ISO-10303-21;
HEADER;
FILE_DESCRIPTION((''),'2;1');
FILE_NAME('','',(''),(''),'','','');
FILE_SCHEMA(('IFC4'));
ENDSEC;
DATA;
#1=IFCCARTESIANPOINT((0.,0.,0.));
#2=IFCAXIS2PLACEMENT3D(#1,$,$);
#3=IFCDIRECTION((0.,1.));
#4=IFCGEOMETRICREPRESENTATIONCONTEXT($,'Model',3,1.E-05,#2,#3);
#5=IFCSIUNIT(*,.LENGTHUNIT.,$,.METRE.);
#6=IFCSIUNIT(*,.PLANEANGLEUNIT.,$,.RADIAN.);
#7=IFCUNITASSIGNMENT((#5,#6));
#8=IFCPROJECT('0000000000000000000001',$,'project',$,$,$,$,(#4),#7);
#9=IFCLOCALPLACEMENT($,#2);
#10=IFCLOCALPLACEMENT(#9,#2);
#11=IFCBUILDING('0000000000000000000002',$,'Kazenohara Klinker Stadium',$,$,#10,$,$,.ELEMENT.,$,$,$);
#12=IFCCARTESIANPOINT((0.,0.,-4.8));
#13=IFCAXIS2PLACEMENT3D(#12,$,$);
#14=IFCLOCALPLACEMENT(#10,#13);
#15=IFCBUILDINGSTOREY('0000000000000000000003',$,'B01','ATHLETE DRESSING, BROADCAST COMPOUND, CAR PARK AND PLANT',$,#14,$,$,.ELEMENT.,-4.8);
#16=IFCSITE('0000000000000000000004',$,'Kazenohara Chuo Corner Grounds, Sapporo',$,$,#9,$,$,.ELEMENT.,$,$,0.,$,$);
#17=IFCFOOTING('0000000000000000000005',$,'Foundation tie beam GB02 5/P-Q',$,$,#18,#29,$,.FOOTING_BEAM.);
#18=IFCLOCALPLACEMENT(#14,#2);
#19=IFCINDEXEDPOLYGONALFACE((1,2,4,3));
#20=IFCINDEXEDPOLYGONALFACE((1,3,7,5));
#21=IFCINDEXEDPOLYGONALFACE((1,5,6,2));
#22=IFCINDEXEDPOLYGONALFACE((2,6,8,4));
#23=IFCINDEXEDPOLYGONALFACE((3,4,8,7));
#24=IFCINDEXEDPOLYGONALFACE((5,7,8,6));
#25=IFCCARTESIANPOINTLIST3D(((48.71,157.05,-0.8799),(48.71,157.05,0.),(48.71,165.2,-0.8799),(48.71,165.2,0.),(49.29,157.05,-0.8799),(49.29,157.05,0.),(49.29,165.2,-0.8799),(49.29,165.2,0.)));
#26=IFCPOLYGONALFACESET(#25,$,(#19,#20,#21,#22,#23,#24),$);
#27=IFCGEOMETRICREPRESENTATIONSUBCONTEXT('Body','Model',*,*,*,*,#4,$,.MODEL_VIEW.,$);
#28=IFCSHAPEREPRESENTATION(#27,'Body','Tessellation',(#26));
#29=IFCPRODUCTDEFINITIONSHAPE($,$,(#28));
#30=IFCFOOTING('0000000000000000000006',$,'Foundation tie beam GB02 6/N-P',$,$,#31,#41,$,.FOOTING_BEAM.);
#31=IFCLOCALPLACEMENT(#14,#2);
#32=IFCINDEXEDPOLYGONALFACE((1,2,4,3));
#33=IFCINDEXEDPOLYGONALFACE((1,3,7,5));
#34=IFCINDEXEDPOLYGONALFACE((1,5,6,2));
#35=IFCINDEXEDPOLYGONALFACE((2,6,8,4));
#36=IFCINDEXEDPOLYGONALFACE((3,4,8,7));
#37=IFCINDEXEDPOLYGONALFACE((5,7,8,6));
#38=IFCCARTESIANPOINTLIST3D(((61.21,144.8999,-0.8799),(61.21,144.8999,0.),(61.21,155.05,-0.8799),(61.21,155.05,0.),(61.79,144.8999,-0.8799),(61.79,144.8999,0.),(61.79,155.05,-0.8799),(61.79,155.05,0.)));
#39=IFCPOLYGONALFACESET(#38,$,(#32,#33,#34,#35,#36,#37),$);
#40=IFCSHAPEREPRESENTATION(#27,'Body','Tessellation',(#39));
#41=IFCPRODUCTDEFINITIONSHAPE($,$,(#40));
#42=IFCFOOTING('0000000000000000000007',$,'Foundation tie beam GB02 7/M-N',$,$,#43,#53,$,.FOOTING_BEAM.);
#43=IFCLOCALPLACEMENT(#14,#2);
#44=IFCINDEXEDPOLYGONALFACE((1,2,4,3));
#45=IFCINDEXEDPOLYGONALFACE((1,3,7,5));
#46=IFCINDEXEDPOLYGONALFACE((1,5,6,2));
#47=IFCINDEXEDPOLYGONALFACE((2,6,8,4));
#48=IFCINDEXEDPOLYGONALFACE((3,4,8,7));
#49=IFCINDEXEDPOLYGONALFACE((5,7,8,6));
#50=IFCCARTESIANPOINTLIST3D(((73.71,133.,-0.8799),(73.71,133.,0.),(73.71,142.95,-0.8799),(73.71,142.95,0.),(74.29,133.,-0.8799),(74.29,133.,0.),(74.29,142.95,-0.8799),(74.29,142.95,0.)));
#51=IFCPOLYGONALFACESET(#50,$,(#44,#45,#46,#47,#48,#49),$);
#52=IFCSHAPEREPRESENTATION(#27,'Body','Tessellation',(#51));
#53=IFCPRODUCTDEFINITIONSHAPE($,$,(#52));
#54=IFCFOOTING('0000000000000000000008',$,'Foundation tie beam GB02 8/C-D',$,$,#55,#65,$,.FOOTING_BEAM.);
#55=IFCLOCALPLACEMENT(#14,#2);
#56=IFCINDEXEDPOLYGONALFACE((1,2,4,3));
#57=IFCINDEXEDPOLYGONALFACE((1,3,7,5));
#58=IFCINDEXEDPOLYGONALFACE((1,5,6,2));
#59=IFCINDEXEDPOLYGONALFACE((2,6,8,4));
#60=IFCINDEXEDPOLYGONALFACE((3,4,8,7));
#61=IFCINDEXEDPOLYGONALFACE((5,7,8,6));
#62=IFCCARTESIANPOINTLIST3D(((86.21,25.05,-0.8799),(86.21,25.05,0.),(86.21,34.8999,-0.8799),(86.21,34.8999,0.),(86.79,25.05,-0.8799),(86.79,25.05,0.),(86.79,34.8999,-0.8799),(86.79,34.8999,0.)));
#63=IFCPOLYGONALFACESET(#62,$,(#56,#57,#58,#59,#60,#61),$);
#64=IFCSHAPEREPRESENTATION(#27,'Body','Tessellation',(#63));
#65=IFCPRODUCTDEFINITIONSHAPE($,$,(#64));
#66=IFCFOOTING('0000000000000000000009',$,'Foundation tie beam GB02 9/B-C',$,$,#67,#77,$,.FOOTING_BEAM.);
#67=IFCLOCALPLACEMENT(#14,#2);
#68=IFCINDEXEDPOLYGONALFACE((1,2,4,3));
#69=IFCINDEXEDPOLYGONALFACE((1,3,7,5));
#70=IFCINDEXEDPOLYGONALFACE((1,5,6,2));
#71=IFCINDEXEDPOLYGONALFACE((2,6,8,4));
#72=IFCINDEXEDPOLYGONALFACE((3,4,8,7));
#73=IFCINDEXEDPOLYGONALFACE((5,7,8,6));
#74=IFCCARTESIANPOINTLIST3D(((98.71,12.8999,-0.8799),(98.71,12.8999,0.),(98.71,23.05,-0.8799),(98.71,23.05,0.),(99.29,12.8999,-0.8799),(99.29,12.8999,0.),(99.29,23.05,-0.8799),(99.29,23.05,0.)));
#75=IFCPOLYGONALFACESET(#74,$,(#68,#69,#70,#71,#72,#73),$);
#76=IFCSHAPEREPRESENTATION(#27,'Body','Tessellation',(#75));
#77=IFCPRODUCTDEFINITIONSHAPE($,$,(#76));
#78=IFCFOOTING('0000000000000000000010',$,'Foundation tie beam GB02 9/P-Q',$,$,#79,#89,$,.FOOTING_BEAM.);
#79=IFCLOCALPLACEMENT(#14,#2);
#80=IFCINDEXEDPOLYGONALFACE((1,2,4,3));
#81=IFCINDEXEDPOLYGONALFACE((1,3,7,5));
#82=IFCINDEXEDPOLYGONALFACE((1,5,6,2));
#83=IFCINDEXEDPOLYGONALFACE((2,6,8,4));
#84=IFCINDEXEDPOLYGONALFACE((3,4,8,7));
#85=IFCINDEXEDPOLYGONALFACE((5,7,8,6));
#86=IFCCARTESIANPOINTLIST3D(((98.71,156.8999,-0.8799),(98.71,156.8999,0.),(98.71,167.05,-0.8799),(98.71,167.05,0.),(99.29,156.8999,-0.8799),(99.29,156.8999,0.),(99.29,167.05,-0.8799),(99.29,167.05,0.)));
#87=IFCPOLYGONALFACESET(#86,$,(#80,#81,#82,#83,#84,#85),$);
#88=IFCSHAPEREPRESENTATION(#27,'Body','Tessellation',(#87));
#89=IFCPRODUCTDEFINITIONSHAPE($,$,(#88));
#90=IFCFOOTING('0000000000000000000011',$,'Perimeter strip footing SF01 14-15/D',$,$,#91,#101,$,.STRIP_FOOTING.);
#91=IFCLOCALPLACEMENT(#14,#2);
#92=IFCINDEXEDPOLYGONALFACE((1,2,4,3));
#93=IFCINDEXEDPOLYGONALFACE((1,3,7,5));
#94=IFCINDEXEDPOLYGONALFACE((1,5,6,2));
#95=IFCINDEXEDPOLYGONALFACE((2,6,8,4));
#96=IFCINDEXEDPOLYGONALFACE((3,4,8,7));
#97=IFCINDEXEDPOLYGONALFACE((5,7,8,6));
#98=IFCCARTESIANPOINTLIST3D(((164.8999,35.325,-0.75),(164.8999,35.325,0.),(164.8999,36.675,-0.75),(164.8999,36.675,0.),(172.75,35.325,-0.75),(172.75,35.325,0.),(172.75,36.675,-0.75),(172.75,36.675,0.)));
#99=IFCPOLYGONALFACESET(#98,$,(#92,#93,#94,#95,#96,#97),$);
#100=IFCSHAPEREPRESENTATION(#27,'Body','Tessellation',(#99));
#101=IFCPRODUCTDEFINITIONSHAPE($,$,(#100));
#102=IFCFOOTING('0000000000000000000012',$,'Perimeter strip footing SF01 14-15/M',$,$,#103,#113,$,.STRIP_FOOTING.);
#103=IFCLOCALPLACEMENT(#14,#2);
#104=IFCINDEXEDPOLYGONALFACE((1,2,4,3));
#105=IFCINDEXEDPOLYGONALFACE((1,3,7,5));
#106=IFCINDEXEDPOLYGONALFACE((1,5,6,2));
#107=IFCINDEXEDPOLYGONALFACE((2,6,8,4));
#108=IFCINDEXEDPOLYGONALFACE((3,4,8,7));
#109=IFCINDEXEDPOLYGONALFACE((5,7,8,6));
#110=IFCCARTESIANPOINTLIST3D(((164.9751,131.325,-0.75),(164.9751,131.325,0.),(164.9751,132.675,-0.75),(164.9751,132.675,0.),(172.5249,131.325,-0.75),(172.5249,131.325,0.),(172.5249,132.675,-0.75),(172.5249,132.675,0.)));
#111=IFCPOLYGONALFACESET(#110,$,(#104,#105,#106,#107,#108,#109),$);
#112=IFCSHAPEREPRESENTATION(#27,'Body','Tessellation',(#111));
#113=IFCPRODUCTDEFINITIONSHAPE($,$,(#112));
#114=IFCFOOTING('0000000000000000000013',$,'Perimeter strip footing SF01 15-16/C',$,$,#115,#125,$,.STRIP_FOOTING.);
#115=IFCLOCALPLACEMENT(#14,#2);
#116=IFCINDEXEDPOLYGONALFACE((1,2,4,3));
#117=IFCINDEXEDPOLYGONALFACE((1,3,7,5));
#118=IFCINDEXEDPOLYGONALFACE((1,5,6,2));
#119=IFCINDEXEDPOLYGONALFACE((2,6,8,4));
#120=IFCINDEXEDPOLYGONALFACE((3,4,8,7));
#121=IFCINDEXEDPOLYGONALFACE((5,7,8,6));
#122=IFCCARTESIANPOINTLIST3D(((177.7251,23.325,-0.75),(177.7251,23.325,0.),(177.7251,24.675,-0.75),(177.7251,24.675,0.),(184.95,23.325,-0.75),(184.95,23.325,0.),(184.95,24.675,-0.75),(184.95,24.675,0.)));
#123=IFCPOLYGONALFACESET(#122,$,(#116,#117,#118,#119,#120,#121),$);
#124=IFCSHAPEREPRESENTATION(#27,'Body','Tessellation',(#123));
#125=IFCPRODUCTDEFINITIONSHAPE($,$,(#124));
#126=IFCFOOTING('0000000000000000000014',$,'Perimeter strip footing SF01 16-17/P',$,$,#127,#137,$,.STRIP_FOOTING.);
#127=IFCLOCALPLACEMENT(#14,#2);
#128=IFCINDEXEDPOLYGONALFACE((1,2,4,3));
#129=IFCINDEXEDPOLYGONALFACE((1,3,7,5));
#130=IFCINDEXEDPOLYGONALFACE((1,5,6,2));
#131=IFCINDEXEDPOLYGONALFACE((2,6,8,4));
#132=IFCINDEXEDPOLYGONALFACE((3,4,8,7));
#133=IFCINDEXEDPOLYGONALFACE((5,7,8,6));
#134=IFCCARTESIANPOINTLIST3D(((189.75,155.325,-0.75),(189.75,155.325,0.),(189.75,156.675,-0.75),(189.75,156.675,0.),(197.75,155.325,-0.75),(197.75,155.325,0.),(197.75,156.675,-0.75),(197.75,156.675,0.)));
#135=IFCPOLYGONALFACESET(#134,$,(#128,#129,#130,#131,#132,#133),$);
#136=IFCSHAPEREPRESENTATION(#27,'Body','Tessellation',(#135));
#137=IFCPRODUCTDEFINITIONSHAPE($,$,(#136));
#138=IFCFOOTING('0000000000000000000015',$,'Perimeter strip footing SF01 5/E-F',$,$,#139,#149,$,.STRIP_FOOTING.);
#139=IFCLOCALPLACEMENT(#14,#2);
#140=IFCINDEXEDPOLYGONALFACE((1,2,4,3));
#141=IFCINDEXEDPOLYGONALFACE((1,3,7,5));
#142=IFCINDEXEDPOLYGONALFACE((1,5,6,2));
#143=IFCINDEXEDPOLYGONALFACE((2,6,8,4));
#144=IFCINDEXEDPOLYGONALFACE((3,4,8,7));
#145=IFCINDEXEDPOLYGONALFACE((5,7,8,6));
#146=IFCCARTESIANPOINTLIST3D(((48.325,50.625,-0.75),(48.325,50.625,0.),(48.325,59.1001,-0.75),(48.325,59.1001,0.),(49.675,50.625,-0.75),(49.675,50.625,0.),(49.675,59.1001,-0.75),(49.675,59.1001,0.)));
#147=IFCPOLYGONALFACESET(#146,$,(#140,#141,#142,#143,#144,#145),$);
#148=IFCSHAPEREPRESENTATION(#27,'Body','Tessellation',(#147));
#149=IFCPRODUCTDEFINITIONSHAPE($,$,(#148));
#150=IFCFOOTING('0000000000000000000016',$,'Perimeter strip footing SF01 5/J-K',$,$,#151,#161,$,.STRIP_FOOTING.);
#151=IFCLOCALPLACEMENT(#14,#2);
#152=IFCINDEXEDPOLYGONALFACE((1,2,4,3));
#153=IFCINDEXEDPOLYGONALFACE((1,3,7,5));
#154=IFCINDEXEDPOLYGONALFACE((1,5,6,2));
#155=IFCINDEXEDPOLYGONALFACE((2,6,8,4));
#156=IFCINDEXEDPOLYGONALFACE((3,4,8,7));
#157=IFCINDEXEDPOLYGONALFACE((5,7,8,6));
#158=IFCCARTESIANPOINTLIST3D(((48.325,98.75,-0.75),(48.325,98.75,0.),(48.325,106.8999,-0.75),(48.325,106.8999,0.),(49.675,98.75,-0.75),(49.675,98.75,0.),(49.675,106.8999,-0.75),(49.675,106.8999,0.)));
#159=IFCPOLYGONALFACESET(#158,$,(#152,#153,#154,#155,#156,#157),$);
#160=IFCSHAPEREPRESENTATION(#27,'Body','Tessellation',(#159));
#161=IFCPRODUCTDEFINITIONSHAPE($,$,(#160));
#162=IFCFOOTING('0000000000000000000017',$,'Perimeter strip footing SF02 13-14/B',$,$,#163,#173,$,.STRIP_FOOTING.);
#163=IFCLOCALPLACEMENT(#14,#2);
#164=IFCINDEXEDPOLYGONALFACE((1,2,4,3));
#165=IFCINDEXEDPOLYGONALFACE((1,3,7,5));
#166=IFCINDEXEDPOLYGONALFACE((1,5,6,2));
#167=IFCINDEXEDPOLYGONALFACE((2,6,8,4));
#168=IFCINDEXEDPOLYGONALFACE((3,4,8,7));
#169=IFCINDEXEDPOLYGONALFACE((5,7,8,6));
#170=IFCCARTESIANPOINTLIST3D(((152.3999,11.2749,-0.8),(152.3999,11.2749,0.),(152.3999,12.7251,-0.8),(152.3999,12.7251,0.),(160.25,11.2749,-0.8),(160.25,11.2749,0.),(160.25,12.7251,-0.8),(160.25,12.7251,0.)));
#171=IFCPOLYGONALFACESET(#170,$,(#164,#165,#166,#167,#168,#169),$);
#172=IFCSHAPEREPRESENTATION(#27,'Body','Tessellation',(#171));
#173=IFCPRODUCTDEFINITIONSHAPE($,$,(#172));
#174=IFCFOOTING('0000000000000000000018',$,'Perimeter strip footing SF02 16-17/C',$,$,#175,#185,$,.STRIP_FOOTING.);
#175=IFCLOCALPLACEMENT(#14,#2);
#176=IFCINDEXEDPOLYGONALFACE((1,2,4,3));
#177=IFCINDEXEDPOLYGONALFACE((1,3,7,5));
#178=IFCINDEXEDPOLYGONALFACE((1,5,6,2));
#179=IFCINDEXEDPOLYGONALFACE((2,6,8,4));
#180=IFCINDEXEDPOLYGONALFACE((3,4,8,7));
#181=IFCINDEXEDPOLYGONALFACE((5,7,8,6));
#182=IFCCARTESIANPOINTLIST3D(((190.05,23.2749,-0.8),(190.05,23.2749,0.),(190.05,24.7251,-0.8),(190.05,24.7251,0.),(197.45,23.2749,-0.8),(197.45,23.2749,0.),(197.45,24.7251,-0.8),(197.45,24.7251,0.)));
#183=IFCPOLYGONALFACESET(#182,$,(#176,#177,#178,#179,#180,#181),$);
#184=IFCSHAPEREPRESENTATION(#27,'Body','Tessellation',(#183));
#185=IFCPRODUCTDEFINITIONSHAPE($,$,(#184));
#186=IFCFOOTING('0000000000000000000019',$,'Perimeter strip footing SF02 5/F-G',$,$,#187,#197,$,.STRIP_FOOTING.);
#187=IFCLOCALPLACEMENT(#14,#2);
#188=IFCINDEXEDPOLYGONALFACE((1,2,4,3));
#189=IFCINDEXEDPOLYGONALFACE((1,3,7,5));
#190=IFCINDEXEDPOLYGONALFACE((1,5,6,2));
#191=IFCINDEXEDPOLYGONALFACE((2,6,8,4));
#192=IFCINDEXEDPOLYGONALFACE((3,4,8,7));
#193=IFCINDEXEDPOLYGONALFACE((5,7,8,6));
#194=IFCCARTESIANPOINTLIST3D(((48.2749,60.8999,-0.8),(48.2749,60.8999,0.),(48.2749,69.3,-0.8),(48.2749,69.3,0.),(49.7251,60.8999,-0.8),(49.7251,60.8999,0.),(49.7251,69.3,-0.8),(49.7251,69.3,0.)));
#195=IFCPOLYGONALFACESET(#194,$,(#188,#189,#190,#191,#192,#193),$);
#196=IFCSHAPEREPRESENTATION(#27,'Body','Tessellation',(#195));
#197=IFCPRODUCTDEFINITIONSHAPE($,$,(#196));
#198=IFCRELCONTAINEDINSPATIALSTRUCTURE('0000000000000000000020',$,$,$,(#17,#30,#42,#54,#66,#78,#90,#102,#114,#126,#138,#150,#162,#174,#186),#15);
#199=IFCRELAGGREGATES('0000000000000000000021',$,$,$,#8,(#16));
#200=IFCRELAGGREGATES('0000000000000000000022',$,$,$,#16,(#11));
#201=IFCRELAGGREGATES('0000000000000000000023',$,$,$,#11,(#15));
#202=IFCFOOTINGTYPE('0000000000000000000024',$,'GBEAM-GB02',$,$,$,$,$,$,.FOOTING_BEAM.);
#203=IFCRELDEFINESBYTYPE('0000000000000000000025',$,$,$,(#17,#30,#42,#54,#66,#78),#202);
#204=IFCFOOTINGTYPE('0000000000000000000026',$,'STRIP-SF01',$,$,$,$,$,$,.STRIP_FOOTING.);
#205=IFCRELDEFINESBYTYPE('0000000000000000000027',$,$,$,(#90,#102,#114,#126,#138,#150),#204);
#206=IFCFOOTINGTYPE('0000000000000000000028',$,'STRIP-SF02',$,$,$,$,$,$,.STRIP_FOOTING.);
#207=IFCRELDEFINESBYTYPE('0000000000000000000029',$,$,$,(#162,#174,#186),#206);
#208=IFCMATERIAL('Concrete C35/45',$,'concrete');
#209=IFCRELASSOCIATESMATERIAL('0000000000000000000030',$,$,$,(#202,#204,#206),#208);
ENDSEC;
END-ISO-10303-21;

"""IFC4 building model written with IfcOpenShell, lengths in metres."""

from ifc_helpers import new_model, si_unit, direction, frame, origin, place, context, subcontext, project, spatial, polyline, outline, extrude, material, type_object, element, save


model = new_model("IFC4")

# Units and contexts
model_context = context("Model", 3, precision=1e-05, world=origin(), true_north=direction((0.0, 1.0)))
body_context = subcontext(model_context, "Body", "Model", "MODEL_VIEW")
ifc_project = project(units=[si_unit("LENGTHUNIT", "METRE"), si_unit("PLANEANGLEUNIT", "RADIAN")], contexts=[model_context])

# Site, building, storey
site_placement = place(None, origin())
site = spatial("IfcSite", under=ifc_project, at=site_placement, Name="Kazenohara Chuo Corner Grounds, Sapporo", CompositionType="ELEMENT", RefElevation=0.0)
building_placement = place(site_placement, origin())
building = spatial("IfcBuilding", under=site, at=building_placement, Name="Kazenohara Klinker Stadium", CompositionType="ELEMENT")
storey_placement = place(building_placement, frame((0.0, 0.0, -4.8)))
storey = spatial("IfcBuildingStorey", under=building, at=storey_placement, Name="B01", Description="ATHLETE DRESSING, BROADCAST COMPOUND, CAR PARK AND PLANT", CompositionType="ELEMENT", Elevation=-4.8)

# Footings
ifc_material = material(Name="Concrete C35/45", Category="concrete")
footing_type_1 = type_object("IfcFootingType", Name="GBEAM-GB02", PredefinedType="FOOTING_BEAM", material=ifc_material)
footing_1_placement = place(storey_placement, frame((0.0, 0.0, -0.8799)))
element("IfcFooting", 1, at=footing_1_placement, inside=storey, type_object=footing_type_1, Name="Foundation tie beam GB02 5/P-Q", PredefinedType="FOOTING_BEAM", context=body_context, shape_type="SweptSolid", body=[
    extrude(outline(polyline([(48.71, 157.05), (49.29, 157.05), (49.29, 165.2), (48.71, 165.2), (48.71, 157.05)])), origin(), (0.0, 0.0, 1.0), 0.8799),
])
footing_2_placement = place(storey_placement, frame((0.0, 0.0, -0.8799)))
element("IfcFooting", 2, at=footing_2_placement, inside=storey, type_object=footing_type_1, Name="Foundation tie beam GB02 6/N-P", PredefinedType="FOOTING_BEAM", context=body_context, shape_type="SweptSolid", body=[
    extrude(outline(polyline([(61.21, 144.8999), (61.79, 144.8999), (61.79, 155.05), (61.21, 155.05), (61.21, 144.8999)])), origin(), (0.0, 0.0, 1.0), 0.8799),
])
footing_3_placement = place(storey_placement, frame((0.0, 0.0, -0.8799)))
element("IfcFooting", 3, at=footing_3_placement, inside=storey, type_object=footing_type_1, Name="Foundation tie beam GB02 7/M-N", PredefinedType="FOOTING_BEAM", context=body_context, shape_type="SweptSolid", body=[
    extrude(outline(polyline([(73.71, 133.0), (74.29, 133.0), (74.29, 142.95), (73.71, 142.95), (73.71, 133.0)])), origin(), (0.0, 0.0, 1.0), 0.8799),
])
footing_4_placement = place(storey_placement, frame((0.0, 0.0, -0.8799)))
element("IfcFooting", 4, at=footing_4_placement, inside=storey, type_object=footing_type_1, Name="Foundation tie beam GB02 8/C-D", PredefinedType="FOOTING_BEAM", context=body_context, shape_type="SweptSolid", body=[
    extrude(outline(polyline([(86.21, 25.05), (86.79, 25.05), (86.79, 34.8999), (86.21, 34.8999), (86.21, 25.05)])), origin(), (0.0, 0.0, 1.0), 0.8799),
])
footing_5_placement = place(storey_placement, frame((0.0, 0.0, -0.8799)))
element("IfcFooting", 5, at=footing_5_placement, inside=storey, type_object=footing_type_1, Name="Foundation tie beam GB02 9/B-C", PredefinedType="FOOTING_BEAM", context=body_context, shape_type="SweptSolid", body=[
    extrude(outline(polyline([(98.71, 12.8999), (99.29, 12.8999), (99.29, 23.05), (98.71, 23.05), (98.71, 12.8999)])), origin(), (0.0, 0.0, 1.0), 0.8799),
])
footing_6_placement = place(storey_placement, frame((0.0, 0.0, -0.8799)))
element("IfcFooting", 6, at=footing_6_placement, inside=storey, type_object=footing_type_1, Name="Foundation tie beam GB02 9/P-Q", PredefinedType="FOOTING_BEAM", context=body_context, shape_type="SweptSolid", body=[
    extrude(outline(polyline([(98.71, 156.8999), (99.29, 156.8999), (99.29, 167.05), (98.71, 167.05), (98.71, 156.8999)])), origin(), (0.0, 0.0, 1.0), 0.8799),
])
footing_type_2 = type_object("IfcFootingType", Name="STRIP-SF01", PredefinedType="STRIP_FOOTING", material=ifc_material)
footing_7_placement = place(storey_placement, frame((0.0, 0.0, -0.75)))
element("IfcFooting", 7, at=footing_7_placement, inside=storey, type_object=footing_type_2, Name="Perimeter strip footing SF01 14-15/D", PredefinedType="STRIP_FOOTING", context=body_context, shape_type="SweptSolid", body=[
    extrude(outline(polyline([(164.8999, 35.325), (172.75, 35.325), (172.75, 36.675), (164.8999, 36.675), (164.8999, 35.325)])), origin(), (0.0, 0.0, 1.0), 0.75),
])
footing_8_placement = place(storey_placement, frame((0.0, 0.0, -0.75)))
element("IfcFooting", 8, at=footing_8_placement, inside=storey, type_object=footing_type_2, Name="Perimeter strip footing SF01 14-15/M", PredefinedType="STRIP_FOOTING", context=body_context, shape_type="SweptSolid", body=[
    extrude(outline(polyline([(164.9751, 131.325), (172.5249, 131.325), (172.5249, 132.675), (164.9751, 132.675), (164.9751, 131.325)])), origin(), (0.0, 0.0, 1.0), 0.75),
])
footing_9_placement = place(storey_placement, frame((0.0, 0.0, -0.75)))
element("IfcFooting", 9, at=footing_9_placement, inside=storey, type_object=footing_type_2, Name="Perimeter strip footing SF01 15-16/C", PredefinedType="STRIP_FOOTING", context=body_context, shape_type="SweptSolid", body=[
    extrude(outline(polyline([(177.7251, 23.325), (184.95, 23.325), (184.95, 24.675), (177.7251, 24.675), (177.7251, 23.325)])), origin(), (0.0, 0.0, 1.0), 0.75),
])
footing_10_placement = place(storey_placement, frame((0.0, 0.0, -0.75)))
element("IfcFooting", 10, at=footing_10_placement, inside=storey, type_object=footing_type_2, Name="Perimeter strip footing SF01 16-17/P", PredefinedType="STRIP_FOOTING", context=body_context, shape_type="SweptSolid", body=[
    extrude(outline(polyline([(189.75, 155.325), (197.75, 155.325), (197.75, 156.675), (189.75, 156.675), (189.75, 155.325)])), origin(), (0.0, 0.0, 1.0), 0.75),
])
footing_11_placement = place(storey_placement, frame((0.0, 0.0, -0.75)))
element("IfcFooting", 11, at=footing_11_placement, inside=storey, type_object=footing_type_2, Name="Perimeter strip footing SF01 5/E-F", PredefinedType="STRIP_FOOTING", context=body_context, shape_type="SweptSolid", body=[
    extrude(outline(polyline([(48.325, 50.625), (49.675, 50.625), (49.675, 59.1001), (48.325, 59.1001), (48.325, 50.625)])), origin(), (0.0, 0.0, 1.0), 0.75),
])
footing_12_placement = place(storey_placement, frame((0.0, 0.0, -0.75)))
element("IfcFooting", 12, at=footing_12_placement, inside=storey, type_object=footing_type_2, Name="Perimeter strip footing SF01 5/J-K", PredefinedType="STRIP_FOOTING", context=body_context, shape_type="SweptSolid", body=[
    extrude(outline(polyline([(48.325, 98.75), (49.675, 98.75), (49.675, 106.8999), (48.325, 106.8999), (48.325, 98.75)])), origin(), (0.0, 0.0, 1.0), 0.75),
])
footing_type_3 = type_object("IfcFootingType", Name="STRIP-SF02", PredefinedType="STRIP_FOOTING", material=ifc_material)
footing_13_placement = place(storey_placement, frame((0.0, 0.0, -0.8)))
element("IfcFooting", 13, at=footing_13_placement, inside=storey, type_object=footing_type_3, Name="Perimeter strip footing SF02 13-14/B", PredefinedType="STRIP_FOOTING", context=body_context, shape_type="SweptSolid", body=[
    extrude(outline(polyline([(152.3999, 11.2749), (160.25, 11.2749), (160.25, 12.7251), (152.3999, 12.7251), (152.3999, 11.2749)])), origin(), (0.0, 0.0, 1.0), 0.8),
])
footing_14_placement = place(storey_placement, frame((0.0, 0.0, -0.8)))
element("IfcFooting", 14, at=footing_14_placement, inside=storey, type_object=footing_type_3, Name="Perimeter strip footing SF02 16-17/C", PredefinedType="STRIP_FOOTING", context=body_context, shape_type="SweptSolid", body=[
    extrude(outline(polyline([(190.05, 23.2749), (197.45, 23.2749), (197.45, 24.7251), (190.05, 24.7251), (190.05, 23.2749)])), origin(), (0.0, 0.0, 1.0), 0.8),
])
footing_15_placement = place(storey_placement, frame((0.0, 0.0, -0.8)))
element("IfcFooting", 15, at=footing_15_placement, inside=storey, type_object=footing_type_3, Name="Perimeter strip footing SF02 5/F-G", PredefinedType="STRIP_FOOTING", context=body_context, shape_type="SweptSolid", body=[
    extrude(outline(polyline([(48.2749, 60.8999), (49.7251, 60.8999), (49.7251, 69.3), (48.2749, 69.3), (48.2749, 60.8999)])), origin(), (0.0, 0.0, 1.0), 0.8),
])

save(model, "model.ifc")
